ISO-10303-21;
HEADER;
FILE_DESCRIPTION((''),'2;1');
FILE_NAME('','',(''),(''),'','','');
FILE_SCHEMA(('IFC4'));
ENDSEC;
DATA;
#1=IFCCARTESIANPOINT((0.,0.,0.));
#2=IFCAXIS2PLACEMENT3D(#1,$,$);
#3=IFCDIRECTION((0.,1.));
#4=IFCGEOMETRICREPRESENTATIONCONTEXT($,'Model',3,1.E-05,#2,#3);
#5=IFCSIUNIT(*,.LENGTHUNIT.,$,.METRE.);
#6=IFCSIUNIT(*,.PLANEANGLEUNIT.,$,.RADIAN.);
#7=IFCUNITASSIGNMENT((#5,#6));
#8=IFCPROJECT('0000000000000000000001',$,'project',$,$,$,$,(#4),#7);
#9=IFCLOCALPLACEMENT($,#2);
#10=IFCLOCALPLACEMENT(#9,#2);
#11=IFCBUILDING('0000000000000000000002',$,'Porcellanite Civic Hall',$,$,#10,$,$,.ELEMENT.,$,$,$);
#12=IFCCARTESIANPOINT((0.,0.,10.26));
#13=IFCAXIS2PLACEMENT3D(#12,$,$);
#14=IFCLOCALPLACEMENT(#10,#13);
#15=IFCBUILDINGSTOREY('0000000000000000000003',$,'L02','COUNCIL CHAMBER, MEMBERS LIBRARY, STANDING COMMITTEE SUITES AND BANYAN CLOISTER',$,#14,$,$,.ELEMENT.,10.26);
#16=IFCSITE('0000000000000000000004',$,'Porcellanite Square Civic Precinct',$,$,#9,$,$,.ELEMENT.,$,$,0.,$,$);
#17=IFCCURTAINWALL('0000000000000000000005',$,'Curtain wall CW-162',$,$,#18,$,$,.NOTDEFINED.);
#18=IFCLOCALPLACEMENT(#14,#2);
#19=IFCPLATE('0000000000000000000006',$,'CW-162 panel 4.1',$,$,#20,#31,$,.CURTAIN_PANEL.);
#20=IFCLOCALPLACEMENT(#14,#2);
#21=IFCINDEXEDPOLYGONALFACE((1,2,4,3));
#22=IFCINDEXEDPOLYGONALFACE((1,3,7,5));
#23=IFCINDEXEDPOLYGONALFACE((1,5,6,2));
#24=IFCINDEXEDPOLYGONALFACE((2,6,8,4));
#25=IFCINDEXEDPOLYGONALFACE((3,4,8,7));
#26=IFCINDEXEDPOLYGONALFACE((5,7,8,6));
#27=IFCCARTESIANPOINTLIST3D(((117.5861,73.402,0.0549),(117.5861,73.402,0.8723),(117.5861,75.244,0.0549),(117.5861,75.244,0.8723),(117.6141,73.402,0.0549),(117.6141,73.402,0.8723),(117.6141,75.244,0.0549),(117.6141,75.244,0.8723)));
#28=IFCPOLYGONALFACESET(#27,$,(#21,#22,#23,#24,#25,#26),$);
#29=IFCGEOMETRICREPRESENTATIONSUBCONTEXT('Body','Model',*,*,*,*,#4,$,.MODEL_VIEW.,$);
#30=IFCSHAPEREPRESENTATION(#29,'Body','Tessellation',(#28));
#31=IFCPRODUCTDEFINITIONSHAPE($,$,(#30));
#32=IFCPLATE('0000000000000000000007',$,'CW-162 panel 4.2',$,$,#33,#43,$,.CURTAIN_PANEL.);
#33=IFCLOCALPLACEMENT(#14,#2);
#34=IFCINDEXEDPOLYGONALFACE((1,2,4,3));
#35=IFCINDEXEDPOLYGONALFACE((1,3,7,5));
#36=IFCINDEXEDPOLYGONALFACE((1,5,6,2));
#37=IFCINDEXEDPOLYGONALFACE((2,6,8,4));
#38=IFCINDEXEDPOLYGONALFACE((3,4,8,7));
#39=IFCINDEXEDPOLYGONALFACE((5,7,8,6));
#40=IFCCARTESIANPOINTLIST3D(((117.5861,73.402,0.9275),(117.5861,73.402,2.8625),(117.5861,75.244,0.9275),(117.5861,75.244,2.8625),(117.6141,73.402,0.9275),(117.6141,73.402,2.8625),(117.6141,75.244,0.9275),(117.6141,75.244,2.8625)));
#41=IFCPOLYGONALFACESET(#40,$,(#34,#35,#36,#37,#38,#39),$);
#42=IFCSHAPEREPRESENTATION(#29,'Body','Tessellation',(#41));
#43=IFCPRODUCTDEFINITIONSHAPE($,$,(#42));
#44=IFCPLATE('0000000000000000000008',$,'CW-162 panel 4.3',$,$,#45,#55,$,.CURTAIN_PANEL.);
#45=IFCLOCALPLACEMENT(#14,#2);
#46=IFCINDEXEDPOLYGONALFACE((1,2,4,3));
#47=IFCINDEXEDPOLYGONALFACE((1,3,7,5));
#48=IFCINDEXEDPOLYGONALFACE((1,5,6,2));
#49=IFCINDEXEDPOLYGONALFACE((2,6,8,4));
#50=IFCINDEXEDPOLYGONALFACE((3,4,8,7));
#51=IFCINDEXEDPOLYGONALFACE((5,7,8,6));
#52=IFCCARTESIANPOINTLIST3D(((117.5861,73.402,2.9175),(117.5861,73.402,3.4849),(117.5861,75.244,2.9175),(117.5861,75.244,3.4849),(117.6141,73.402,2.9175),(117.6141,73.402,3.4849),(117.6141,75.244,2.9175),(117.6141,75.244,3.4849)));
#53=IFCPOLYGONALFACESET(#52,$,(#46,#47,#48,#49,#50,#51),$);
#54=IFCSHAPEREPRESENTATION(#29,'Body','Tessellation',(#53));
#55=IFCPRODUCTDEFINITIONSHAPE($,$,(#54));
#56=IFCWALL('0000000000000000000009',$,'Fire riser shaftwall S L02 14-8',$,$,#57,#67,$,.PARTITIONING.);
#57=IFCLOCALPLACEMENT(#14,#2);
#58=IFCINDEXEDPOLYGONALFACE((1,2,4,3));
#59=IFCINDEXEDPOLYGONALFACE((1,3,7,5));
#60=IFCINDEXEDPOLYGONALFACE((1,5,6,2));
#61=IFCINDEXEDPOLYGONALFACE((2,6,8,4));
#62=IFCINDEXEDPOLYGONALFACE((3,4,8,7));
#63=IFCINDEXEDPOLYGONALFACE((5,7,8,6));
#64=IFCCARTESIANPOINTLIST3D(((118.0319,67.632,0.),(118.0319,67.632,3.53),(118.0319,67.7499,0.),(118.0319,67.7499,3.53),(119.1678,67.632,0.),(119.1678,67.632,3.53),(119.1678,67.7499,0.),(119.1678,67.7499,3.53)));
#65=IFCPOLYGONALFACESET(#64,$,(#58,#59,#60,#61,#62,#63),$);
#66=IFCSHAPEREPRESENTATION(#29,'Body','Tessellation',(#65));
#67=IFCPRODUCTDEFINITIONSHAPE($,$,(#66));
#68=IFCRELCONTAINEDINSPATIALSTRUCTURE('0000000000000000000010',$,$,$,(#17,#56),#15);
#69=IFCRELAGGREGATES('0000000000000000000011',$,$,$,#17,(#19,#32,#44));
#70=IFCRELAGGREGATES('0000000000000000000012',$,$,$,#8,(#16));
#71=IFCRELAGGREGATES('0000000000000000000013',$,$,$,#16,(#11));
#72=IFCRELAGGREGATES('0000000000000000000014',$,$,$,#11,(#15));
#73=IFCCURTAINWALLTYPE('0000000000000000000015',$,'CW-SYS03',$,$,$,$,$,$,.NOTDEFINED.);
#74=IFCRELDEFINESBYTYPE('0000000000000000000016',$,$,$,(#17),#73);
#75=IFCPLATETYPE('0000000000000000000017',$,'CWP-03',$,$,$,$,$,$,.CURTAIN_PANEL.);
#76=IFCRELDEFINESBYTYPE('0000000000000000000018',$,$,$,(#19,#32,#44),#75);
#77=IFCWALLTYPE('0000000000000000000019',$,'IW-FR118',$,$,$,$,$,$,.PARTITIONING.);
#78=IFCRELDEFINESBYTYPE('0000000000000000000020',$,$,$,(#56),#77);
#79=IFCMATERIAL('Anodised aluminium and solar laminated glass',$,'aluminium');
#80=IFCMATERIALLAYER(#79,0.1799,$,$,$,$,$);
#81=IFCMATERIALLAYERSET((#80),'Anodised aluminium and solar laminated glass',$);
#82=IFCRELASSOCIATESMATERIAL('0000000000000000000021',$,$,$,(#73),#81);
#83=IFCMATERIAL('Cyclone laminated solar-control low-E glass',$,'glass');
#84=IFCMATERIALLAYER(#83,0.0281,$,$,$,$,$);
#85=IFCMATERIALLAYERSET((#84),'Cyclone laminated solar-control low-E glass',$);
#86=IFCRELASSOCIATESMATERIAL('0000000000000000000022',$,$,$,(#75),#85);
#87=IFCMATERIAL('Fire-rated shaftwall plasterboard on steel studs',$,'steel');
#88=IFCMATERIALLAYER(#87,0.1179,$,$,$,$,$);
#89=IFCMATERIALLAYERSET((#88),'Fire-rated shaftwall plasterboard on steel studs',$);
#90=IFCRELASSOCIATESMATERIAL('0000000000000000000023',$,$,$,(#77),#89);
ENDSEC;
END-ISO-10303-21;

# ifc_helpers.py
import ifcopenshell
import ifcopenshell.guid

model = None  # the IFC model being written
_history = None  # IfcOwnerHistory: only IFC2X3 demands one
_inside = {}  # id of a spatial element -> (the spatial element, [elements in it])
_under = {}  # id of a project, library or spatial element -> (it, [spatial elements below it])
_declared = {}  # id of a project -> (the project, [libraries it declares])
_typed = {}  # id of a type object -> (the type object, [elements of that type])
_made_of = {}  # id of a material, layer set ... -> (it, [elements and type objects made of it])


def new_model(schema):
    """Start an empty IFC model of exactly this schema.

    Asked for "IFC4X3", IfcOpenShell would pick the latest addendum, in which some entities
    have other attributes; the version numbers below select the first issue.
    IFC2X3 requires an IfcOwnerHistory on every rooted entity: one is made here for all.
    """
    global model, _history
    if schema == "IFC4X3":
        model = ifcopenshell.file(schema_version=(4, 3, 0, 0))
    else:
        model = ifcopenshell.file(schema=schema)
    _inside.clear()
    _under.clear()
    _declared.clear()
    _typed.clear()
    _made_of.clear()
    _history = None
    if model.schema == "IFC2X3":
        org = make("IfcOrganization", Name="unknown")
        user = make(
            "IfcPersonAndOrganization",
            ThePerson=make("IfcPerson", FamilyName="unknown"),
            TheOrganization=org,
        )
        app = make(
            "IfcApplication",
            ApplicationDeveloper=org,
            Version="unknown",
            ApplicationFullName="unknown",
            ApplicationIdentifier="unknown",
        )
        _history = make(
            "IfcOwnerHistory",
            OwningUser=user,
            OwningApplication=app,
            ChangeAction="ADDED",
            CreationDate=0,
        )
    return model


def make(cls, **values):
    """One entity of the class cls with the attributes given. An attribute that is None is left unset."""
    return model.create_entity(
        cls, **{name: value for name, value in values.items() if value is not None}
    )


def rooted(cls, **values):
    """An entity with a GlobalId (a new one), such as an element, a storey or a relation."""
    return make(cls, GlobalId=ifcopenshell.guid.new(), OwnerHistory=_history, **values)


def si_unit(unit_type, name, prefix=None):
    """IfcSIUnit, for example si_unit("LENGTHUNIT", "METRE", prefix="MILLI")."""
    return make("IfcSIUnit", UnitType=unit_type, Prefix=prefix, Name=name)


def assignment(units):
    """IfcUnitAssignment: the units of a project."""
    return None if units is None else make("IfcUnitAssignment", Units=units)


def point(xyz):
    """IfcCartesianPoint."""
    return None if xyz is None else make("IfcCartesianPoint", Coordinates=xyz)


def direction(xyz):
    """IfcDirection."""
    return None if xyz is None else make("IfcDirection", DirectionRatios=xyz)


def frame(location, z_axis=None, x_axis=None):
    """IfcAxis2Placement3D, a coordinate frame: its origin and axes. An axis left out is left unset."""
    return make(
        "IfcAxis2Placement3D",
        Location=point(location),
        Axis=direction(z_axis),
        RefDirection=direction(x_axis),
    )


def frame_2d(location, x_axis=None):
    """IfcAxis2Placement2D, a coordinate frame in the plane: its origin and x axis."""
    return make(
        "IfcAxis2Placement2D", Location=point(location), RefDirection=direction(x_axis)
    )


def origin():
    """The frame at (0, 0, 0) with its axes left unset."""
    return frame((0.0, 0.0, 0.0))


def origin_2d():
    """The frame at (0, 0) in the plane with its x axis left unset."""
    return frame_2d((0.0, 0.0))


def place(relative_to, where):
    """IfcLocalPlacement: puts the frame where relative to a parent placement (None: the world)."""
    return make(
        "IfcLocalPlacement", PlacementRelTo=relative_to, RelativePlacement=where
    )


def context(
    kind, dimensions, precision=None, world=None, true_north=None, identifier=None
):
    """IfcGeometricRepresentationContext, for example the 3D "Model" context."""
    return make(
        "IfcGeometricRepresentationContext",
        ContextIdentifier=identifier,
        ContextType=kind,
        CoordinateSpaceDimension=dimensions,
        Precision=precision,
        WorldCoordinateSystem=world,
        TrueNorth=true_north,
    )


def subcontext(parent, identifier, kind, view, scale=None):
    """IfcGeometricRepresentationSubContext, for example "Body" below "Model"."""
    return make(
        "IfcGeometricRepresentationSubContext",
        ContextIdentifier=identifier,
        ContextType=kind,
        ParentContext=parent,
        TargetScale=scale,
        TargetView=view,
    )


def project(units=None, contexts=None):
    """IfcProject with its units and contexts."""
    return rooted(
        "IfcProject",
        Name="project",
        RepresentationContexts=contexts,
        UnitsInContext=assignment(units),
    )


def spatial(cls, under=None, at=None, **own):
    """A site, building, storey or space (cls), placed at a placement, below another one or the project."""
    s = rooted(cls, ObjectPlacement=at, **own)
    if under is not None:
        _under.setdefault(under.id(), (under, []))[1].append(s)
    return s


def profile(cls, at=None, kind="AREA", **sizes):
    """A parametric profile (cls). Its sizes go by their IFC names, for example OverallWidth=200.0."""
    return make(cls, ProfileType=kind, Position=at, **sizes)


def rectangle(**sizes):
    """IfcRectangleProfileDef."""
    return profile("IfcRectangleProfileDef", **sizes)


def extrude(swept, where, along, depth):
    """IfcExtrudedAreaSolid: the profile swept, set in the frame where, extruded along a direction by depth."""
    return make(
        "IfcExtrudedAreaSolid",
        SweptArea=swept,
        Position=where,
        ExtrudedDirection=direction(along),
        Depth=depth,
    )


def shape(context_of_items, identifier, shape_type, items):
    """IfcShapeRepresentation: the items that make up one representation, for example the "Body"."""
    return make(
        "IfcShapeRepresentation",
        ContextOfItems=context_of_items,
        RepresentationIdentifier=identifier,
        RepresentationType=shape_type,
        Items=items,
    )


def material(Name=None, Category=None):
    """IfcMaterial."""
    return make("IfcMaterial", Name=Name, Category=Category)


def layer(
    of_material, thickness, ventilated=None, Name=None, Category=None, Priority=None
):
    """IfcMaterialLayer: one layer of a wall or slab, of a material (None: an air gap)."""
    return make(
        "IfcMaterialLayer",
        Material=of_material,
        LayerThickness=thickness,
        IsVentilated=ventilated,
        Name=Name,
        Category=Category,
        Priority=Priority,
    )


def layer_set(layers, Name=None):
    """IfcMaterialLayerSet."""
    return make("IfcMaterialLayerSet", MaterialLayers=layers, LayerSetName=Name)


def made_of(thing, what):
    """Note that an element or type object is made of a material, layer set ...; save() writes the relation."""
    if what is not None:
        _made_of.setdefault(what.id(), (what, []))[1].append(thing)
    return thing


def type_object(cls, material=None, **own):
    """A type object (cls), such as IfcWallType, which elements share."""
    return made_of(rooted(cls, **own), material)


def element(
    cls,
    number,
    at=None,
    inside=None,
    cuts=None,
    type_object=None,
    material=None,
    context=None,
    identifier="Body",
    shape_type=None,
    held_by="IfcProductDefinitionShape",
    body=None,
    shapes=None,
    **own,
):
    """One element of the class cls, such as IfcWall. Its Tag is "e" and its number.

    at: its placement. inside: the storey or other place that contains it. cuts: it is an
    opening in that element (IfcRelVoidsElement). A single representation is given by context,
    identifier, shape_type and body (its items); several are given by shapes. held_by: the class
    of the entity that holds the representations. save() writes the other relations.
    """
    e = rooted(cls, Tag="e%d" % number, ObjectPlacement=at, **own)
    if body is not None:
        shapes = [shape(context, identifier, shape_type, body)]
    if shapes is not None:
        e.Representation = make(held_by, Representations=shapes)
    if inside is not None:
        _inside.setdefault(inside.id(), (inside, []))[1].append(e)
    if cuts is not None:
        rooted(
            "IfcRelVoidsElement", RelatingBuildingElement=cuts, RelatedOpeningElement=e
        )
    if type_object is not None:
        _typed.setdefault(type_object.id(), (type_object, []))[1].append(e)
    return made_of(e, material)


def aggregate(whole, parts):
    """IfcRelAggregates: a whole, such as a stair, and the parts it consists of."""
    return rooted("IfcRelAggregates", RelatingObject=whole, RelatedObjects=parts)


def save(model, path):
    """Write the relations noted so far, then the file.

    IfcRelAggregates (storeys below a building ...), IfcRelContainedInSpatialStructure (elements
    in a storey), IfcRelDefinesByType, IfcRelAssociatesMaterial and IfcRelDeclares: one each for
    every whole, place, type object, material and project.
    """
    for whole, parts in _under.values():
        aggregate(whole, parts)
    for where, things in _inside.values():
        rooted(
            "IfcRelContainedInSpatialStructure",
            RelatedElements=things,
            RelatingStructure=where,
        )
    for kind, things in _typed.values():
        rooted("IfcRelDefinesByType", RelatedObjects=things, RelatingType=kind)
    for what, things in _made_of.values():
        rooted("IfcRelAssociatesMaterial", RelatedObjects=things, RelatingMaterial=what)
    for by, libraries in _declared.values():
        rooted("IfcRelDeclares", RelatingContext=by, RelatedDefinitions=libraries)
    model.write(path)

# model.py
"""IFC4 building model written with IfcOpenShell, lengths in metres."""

from ifc_helpers import new_model, si_unit, direction, frame, frame_2d, origin, origin_2d, place, context, subcontext, project, spatial, rectangle, extrude, material, layer, layer_set, type_object, element, aggregate, save


model = new_model("IFC4")

# Units and contexts
model_context = context("Model", 3, precision=1e-05, world=origin(), true_north=direction((0.0, 1.0)))
body_context = subcontext(model_context, "Body", "Model", "MODEL_VIEW")
ifc_project = project(units=[si_unit("LENGTHUNIT", "METRE"), si_unit("PLANEANGLEUNIT", "RADIAN")], contexts=[model_context])

# Site, building, storey
site_placement = place(None, origin())
site = spatial("IfcSite", under=ifc_project, at=site_placement, Name="Porcellanite Square Civic Precinct", CompositionType="ELEMENT", RefElevation=0.0)
building_placement = place(site_placement, origin())
building = spatial("IfcBuilding", under=site, at=building_placement, Name="Porcellanite Civic Hall", CompositionType="ELEMENT")
storey_placement = place(building_placement, frame((0.0, 0.0, 10.26)))
storey = spatial("IfcBuildingStorey", under=building, at=storey_placement, Name="L02", Description="COUNCIL CHAMBER, MEMBERS LIBRARY, STANDING COMMITTEE SUITES AND BANYAN CLOISTER", CompositionType="ELEMENT", Elevation=10.26)

# Curtain wall
ifc_material_1 = material(Name="Anodised aluminium and solar laminated glass", Category="aluminium")
ifc_layer_1 = layer(ifc_material_1, 0.1799)
ifc_layer_set_1 = layer_set([ifc_layer_1], Name="Anodised aluminium and solar laminated glass")
curtain_wall_type = type_object("IfcCurtainWallType", Name="CW-SYS03", PredefinedType="NOTDEFINED", material=ifc_layer_set_1)
curtain_wall_placement = place(storey_placement, origin())
curtain_wall = element("IfcCurtainWall", 1, at=curtain_wall_placement, inside=storey, type_object=curtain_wall_type, Name="Curtain wall CW-162", PredefinedType="NOTDEFINED")

# Plates
ifc_material_2 = material(Name="Cyclone laminated solar-control low-E glass", Category="glass")
ifc_layer_2 = layer(ifc_material_2, 0.0281)
ifc_layer_set_2 = layer_set([ifc_layer_2], Name="Cyclone laminated solar-control low-E glass")
plate_type = type_object("IfcPlateType", Name="CWP-03", PredefinedType="CURTAIN_PANEL", material=ifc_layer_set_2)
plate_1_placement = place(storey_placement, frame((117.6001, 74.323, 0.0549), z_axis=(0.0, 0.0, 1.0), x_axis=(0.0, 1.0, 0.0)))
plate_1 = element("IfcPlate", 2, at=plate_1_placement, type_object=plate_type, Name="CW-162 panel 4.1", PredefinedType="CURTAIN_PANEL", context=body_context, shape_type="SweptSolid", body=[
    extrude(rectangle(XDim=1.842, YDim=0.0281, at=origin_2d()), origin(), (0.0, 0.0, 1.0), 0.8174),
])
plate_2_placement = place(storey_placement, frame((117.6001, 74.323, 0.9275), z_axis=(0.0, 0.0, 1.0), x_axis=(0.0, 1.0, 0.0)))
plate_2 = element("IfcPlate", 3, at=plate_2_placement, type_object=plate_type, Name="CW-162 panel 4.2", PredefinedType="CURTAIN_PANEL", context=body_context, shape_type="SweptSolid", body=[
    extrude(rectangle(XDim=1.842, YDim=0.0281, at=origin_2d()), origin(), (0.0, 0.0, 1.0), 1.9351),
])
plate_3_placement = place(storey_placement, frame((117.6001, 74.323, 2.9175), z_axis=(0.0, 0.0, 1.0), x_axis=(0.0, 1.0, 0.0)))
plate_3 = element("IfcPlate", 4, at=plate_3_placement, type_object=plate_type, Name="CW-162 panel 4.3", PredefinedType="CURTAIN_PANEL", context=body_context, shape_type="SweptSolid", body=[
    extrude(rectangle(XDim=1.842, YDim=0.0281, at=origin_2d()), origin(), (0.0, 0.0, 1.0), 0.5674),
])
aggregate(curtain_wall, [plate_1, plate_2, plate_3])

# Wall
ifc_material_3 = material(Name="Fire-rated shaftwall plasterboard on steel studs", Category="steel")
ifc_layer_3 = layer(ifc_material_3, 0.1179)
ifc_layer_set_3 = layer_set([ifc_layer_3], Name="Fire-rated shaftwall plasterboard on steel studs")
wall_type = type_object("IfcWallType", Name="IW-FR118", PredefinedType="PARTITIONING", material=ifc_layer_set_3)
wall_placement = place(storey_placement, frame((118.032, 67.6909, 0.0), z_axis=(0.0, 0.0, 1.0), x_axis=(1.0, 0.0, 0.0)))
element("IfcWall", 5, at=wall_placement, inside=storey, type_object=wall_type, Name="Fire riser shaftwall S L02 14-8", PredefinedType="PARTITIONING", context=body_context, shape_type="SweptSolid", body=[
    extrude(rectangle(XDim=1.136, YDim=0.1179, at=frame_2d((0.5679, 0.0))), origin(), (0.0, 0.0, 1.0), 3.53),
])

save(model, "model.ifc")
